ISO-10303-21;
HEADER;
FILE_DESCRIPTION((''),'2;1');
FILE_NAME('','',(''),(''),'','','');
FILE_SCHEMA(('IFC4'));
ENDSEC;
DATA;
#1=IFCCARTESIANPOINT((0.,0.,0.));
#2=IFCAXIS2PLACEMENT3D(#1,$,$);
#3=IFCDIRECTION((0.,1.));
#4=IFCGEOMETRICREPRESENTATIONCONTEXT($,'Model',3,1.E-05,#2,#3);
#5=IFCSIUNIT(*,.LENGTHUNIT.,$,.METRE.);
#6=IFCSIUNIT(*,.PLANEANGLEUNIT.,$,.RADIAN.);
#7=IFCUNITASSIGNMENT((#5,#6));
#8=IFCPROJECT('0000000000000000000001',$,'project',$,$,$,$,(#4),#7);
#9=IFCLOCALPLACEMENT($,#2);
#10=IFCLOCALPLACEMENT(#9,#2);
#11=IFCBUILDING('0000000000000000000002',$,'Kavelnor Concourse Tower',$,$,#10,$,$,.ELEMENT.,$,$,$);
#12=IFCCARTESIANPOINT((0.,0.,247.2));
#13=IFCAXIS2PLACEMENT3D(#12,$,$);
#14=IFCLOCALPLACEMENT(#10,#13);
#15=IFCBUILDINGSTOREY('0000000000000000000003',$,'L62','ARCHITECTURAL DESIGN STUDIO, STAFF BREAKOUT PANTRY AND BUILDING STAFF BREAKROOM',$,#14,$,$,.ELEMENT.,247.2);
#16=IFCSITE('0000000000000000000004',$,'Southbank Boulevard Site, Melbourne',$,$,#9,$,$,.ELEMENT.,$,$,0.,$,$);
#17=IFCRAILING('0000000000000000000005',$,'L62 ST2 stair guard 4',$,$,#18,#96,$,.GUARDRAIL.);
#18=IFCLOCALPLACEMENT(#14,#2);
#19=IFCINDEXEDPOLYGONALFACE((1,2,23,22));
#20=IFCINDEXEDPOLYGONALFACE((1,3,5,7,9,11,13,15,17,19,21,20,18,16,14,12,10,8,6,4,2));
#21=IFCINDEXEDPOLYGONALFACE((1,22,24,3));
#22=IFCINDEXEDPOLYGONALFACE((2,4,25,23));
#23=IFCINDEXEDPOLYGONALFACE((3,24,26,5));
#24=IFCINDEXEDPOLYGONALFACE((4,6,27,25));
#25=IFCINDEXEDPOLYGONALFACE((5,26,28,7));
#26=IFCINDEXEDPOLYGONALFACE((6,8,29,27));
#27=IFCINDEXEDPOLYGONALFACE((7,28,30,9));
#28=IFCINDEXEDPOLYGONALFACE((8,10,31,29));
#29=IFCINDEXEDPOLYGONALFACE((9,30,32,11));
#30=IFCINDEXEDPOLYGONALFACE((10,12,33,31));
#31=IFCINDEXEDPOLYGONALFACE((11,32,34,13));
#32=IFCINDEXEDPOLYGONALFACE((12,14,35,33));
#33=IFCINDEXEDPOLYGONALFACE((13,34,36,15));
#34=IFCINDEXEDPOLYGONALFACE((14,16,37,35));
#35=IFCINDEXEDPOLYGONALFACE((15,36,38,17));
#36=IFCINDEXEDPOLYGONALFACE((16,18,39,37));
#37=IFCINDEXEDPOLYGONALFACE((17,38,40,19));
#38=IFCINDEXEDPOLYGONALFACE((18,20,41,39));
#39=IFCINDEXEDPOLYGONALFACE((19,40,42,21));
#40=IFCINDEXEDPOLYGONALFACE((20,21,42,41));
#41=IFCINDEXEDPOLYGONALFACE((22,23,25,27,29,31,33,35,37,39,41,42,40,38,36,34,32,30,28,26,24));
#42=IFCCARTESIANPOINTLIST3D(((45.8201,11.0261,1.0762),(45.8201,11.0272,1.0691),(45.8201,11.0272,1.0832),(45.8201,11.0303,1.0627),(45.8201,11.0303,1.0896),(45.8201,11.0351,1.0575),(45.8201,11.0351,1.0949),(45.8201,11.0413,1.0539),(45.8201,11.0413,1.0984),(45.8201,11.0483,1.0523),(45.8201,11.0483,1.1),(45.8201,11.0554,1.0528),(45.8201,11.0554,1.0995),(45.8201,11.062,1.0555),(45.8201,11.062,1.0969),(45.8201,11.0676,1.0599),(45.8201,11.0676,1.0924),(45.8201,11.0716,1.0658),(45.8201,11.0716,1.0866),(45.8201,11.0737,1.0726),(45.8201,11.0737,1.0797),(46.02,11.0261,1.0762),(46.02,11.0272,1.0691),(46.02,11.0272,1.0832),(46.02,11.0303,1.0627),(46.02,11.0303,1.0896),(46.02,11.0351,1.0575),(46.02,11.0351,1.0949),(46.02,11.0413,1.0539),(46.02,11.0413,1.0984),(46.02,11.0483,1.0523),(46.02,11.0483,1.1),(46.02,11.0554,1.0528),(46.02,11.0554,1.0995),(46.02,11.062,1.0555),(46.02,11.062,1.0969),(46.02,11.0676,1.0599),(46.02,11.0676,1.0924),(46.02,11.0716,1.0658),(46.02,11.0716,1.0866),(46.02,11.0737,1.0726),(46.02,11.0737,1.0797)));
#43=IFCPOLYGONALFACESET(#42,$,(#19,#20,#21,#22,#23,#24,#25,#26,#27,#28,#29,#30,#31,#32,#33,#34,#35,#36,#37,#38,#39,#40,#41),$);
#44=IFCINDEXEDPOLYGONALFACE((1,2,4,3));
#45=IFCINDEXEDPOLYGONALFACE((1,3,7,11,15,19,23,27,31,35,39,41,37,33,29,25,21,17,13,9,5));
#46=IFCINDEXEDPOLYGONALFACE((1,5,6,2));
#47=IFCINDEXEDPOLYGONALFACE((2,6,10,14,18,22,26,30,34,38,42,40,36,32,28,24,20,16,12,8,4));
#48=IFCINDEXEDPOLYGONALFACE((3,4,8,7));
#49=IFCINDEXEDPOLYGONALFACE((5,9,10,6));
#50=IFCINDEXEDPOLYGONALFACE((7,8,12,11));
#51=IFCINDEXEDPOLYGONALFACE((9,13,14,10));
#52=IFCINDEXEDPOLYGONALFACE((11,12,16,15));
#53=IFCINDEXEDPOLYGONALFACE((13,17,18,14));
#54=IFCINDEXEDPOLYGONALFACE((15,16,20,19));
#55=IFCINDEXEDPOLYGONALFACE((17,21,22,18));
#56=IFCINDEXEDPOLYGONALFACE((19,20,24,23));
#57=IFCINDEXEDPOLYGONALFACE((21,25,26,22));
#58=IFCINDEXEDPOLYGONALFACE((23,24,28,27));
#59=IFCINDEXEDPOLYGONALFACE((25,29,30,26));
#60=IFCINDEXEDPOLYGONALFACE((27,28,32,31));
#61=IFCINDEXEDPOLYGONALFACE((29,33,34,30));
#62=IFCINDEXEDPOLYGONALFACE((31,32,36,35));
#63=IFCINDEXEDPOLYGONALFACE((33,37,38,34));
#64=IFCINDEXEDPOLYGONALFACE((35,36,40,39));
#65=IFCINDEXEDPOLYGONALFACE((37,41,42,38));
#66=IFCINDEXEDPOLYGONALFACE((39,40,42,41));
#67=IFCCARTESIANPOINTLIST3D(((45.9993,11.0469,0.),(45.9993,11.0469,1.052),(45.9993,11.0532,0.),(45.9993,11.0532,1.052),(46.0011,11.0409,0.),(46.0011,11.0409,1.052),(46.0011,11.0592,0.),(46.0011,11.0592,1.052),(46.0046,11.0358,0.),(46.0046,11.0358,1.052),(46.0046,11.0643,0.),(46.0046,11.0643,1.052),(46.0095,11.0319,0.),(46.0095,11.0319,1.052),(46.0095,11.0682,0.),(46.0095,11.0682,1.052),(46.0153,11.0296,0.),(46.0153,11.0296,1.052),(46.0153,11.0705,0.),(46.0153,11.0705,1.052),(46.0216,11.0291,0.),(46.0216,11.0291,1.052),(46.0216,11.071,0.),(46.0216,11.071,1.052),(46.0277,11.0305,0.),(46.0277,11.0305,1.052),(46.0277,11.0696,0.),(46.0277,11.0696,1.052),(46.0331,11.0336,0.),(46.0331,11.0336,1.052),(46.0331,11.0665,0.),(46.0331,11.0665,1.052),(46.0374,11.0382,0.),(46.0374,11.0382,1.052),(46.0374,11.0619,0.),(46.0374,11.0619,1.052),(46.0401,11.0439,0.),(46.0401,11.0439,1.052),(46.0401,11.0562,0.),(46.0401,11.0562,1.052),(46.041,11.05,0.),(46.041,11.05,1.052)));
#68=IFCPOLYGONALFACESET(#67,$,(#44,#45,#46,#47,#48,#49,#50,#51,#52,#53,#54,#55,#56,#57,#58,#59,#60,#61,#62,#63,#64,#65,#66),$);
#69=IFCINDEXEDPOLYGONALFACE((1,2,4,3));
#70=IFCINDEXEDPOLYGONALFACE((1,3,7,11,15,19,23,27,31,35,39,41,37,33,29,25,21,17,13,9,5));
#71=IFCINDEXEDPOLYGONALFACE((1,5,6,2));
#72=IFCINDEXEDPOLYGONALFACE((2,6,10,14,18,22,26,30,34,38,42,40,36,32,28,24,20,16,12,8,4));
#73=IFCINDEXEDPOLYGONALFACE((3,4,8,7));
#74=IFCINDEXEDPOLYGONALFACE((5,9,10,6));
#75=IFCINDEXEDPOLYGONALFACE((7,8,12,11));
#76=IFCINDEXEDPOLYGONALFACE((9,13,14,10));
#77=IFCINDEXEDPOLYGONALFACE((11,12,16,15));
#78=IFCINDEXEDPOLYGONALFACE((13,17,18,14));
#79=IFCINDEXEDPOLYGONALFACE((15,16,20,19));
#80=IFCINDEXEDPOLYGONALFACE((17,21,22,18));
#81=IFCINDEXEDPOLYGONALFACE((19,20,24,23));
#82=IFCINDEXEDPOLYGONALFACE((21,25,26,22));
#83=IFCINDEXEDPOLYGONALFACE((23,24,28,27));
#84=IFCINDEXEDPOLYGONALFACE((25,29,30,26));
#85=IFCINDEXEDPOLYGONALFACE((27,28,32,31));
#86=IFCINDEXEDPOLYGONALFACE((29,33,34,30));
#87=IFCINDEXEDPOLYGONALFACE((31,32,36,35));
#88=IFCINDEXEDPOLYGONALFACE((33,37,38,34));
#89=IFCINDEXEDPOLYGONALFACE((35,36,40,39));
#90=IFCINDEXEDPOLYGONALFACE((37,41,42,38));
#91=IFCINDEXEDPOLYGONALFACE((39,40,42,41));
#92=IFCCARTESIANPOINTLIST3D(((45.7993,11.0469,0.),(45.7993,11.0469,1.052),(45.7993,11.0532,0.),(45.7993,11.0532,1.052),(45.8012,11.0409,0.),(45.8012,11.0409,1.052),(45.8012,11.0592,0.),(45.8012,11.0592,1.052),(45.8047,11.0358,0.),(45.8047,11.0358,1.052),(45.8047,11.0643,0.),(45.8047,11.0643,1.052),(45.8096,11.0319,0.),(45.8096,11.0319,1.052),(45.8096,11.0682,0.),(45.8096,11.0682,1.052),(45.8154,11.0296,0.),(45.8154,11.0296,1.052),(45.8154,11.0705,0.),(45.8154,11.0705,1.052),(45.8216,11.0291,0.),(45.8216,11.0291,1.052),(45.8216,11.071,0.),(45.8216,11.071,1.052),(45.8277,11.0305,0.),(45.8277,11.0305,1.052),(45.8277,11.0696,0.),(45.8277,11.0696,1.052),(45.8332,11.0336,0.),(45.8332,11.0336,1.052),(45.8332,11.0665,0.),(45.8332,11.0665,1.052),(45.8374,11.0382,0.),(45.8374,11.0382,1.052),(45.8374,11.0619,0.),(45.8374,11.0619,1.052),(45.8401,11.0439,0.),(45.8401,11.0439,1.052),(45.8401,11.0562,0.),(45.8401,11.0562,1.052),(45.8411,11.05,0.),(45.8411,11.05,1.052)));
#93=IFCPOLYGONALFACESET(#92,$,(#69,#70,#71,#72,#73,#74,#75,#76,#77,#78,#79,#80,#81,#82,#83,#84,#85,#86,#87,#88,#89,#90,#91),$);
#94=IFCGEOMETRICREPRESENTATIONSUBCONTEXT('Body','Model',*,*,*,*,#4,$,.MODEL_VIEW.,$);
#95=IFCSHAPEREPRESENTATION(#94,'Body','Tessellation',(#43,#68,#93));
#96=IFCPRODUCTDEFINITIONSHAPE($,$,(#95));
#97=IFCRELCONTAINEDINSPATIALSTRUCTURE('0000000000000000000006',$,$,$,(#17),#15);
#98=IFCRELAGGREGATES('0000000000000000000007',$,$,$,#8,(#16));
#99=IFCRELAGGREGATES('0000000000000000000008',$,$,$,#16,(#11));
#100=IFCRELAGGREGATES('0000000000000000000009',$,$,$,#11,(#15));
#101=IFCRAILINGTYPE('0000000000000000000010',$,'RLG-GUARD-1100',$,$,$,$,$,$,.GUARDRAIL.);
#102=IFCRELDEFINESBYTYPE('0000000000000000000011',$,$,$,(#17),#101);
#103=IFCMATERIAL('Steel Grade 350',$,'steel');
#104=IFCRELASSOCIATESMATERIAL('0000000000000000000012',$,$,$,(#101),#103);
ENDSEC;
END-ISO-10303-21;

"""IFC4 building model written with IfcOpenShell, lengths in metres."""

from ifc_helpers import new_model, si_unit, direction, frame, origin, origin_2d, place, context, subcontext, project, spatial, circle, extrude, material, type_object, element, save


model = new_model("IFC4")

# Units and contexts
model_context = context("Model", 3, precision=1e-05, world=origin(), true_north=direction((0.0, 1.0)))
body_context = subcontext(model_context, "Body", "Model", "MODEL_VIEW")
ifc_project = project(units=[si_unit("LENGTHUNIT", "METRE"), si_unit("PLANEANGLEUNIT", "RADIAN")], contexts=[model_context])

# Site, building, storey
site_placement = place(None, origin())
site = spatial("IfcSite", under=ifc_project, at=site_placement, Name="Southbank Boulevard Site, Melbourne", CompositionType="ELEMENT", RefElevation=0.0)
building_placement = place(site_placement, origin())
building = spatial("IfcBuilding", under=site, at=building_placement, Name="Kavelnor Concourse Tower", CompositionType="ELEMENT")
storey_placement = place(building_placement, frame((0.0, 0.0, 247.2)))
storey = spatial("IfcBuildingStorey", under=building, at=storey_placement, Name="L62", Description="ARCHITECTURAL DESIGN STUDIO, STAFF BREAKOUT PANTRY AND BUILDING STAFF BREAKROOM", CompositionType="ELEMENT", Elevation=247.2)

# Shared definitions
ifc_material_1 = material(Name="Steel Grade 350", Category="steel")

# Railing
railing_type_1 = type_object("IfcRailingType", Name="RLG-GUARD-1100", PredefinedType="GUARDRAIL", material=ifc_material_1)
railing_1_placement = place(storey_placement, frame((46.02, 11.05, 0.0)))
element("IfcRailing", 1, at=railing_1_placement, inside=storey, type_object=railing_type_1, Name="L62 ST2 stair guard 4", PredefinedType="GUARDRAIL", context=body_context, shape_type="SweptSolid", body=[
    extrude(circle(Radius=0.0239, at=origin_2d()), frame((0.0, 0.0, 1.0762), z_axis=(-1.0, 0.0, 0.0), x_axis=(0.0, -1.0, 0.0)), (0.0, 0.0, 1.0), 0.2),
    extrude(circle(Radius=0.021, at=origin_2d()), origin(), (0.0, 0.0, 1.0), 1.052),
    extrude(circle(Radius=0.021, at=origin_2d()), frame((-0.2, 0.0, 0.0)), (0.0, 0.0, 1.0), 1.052),
])

save(model, "model.ifc")
